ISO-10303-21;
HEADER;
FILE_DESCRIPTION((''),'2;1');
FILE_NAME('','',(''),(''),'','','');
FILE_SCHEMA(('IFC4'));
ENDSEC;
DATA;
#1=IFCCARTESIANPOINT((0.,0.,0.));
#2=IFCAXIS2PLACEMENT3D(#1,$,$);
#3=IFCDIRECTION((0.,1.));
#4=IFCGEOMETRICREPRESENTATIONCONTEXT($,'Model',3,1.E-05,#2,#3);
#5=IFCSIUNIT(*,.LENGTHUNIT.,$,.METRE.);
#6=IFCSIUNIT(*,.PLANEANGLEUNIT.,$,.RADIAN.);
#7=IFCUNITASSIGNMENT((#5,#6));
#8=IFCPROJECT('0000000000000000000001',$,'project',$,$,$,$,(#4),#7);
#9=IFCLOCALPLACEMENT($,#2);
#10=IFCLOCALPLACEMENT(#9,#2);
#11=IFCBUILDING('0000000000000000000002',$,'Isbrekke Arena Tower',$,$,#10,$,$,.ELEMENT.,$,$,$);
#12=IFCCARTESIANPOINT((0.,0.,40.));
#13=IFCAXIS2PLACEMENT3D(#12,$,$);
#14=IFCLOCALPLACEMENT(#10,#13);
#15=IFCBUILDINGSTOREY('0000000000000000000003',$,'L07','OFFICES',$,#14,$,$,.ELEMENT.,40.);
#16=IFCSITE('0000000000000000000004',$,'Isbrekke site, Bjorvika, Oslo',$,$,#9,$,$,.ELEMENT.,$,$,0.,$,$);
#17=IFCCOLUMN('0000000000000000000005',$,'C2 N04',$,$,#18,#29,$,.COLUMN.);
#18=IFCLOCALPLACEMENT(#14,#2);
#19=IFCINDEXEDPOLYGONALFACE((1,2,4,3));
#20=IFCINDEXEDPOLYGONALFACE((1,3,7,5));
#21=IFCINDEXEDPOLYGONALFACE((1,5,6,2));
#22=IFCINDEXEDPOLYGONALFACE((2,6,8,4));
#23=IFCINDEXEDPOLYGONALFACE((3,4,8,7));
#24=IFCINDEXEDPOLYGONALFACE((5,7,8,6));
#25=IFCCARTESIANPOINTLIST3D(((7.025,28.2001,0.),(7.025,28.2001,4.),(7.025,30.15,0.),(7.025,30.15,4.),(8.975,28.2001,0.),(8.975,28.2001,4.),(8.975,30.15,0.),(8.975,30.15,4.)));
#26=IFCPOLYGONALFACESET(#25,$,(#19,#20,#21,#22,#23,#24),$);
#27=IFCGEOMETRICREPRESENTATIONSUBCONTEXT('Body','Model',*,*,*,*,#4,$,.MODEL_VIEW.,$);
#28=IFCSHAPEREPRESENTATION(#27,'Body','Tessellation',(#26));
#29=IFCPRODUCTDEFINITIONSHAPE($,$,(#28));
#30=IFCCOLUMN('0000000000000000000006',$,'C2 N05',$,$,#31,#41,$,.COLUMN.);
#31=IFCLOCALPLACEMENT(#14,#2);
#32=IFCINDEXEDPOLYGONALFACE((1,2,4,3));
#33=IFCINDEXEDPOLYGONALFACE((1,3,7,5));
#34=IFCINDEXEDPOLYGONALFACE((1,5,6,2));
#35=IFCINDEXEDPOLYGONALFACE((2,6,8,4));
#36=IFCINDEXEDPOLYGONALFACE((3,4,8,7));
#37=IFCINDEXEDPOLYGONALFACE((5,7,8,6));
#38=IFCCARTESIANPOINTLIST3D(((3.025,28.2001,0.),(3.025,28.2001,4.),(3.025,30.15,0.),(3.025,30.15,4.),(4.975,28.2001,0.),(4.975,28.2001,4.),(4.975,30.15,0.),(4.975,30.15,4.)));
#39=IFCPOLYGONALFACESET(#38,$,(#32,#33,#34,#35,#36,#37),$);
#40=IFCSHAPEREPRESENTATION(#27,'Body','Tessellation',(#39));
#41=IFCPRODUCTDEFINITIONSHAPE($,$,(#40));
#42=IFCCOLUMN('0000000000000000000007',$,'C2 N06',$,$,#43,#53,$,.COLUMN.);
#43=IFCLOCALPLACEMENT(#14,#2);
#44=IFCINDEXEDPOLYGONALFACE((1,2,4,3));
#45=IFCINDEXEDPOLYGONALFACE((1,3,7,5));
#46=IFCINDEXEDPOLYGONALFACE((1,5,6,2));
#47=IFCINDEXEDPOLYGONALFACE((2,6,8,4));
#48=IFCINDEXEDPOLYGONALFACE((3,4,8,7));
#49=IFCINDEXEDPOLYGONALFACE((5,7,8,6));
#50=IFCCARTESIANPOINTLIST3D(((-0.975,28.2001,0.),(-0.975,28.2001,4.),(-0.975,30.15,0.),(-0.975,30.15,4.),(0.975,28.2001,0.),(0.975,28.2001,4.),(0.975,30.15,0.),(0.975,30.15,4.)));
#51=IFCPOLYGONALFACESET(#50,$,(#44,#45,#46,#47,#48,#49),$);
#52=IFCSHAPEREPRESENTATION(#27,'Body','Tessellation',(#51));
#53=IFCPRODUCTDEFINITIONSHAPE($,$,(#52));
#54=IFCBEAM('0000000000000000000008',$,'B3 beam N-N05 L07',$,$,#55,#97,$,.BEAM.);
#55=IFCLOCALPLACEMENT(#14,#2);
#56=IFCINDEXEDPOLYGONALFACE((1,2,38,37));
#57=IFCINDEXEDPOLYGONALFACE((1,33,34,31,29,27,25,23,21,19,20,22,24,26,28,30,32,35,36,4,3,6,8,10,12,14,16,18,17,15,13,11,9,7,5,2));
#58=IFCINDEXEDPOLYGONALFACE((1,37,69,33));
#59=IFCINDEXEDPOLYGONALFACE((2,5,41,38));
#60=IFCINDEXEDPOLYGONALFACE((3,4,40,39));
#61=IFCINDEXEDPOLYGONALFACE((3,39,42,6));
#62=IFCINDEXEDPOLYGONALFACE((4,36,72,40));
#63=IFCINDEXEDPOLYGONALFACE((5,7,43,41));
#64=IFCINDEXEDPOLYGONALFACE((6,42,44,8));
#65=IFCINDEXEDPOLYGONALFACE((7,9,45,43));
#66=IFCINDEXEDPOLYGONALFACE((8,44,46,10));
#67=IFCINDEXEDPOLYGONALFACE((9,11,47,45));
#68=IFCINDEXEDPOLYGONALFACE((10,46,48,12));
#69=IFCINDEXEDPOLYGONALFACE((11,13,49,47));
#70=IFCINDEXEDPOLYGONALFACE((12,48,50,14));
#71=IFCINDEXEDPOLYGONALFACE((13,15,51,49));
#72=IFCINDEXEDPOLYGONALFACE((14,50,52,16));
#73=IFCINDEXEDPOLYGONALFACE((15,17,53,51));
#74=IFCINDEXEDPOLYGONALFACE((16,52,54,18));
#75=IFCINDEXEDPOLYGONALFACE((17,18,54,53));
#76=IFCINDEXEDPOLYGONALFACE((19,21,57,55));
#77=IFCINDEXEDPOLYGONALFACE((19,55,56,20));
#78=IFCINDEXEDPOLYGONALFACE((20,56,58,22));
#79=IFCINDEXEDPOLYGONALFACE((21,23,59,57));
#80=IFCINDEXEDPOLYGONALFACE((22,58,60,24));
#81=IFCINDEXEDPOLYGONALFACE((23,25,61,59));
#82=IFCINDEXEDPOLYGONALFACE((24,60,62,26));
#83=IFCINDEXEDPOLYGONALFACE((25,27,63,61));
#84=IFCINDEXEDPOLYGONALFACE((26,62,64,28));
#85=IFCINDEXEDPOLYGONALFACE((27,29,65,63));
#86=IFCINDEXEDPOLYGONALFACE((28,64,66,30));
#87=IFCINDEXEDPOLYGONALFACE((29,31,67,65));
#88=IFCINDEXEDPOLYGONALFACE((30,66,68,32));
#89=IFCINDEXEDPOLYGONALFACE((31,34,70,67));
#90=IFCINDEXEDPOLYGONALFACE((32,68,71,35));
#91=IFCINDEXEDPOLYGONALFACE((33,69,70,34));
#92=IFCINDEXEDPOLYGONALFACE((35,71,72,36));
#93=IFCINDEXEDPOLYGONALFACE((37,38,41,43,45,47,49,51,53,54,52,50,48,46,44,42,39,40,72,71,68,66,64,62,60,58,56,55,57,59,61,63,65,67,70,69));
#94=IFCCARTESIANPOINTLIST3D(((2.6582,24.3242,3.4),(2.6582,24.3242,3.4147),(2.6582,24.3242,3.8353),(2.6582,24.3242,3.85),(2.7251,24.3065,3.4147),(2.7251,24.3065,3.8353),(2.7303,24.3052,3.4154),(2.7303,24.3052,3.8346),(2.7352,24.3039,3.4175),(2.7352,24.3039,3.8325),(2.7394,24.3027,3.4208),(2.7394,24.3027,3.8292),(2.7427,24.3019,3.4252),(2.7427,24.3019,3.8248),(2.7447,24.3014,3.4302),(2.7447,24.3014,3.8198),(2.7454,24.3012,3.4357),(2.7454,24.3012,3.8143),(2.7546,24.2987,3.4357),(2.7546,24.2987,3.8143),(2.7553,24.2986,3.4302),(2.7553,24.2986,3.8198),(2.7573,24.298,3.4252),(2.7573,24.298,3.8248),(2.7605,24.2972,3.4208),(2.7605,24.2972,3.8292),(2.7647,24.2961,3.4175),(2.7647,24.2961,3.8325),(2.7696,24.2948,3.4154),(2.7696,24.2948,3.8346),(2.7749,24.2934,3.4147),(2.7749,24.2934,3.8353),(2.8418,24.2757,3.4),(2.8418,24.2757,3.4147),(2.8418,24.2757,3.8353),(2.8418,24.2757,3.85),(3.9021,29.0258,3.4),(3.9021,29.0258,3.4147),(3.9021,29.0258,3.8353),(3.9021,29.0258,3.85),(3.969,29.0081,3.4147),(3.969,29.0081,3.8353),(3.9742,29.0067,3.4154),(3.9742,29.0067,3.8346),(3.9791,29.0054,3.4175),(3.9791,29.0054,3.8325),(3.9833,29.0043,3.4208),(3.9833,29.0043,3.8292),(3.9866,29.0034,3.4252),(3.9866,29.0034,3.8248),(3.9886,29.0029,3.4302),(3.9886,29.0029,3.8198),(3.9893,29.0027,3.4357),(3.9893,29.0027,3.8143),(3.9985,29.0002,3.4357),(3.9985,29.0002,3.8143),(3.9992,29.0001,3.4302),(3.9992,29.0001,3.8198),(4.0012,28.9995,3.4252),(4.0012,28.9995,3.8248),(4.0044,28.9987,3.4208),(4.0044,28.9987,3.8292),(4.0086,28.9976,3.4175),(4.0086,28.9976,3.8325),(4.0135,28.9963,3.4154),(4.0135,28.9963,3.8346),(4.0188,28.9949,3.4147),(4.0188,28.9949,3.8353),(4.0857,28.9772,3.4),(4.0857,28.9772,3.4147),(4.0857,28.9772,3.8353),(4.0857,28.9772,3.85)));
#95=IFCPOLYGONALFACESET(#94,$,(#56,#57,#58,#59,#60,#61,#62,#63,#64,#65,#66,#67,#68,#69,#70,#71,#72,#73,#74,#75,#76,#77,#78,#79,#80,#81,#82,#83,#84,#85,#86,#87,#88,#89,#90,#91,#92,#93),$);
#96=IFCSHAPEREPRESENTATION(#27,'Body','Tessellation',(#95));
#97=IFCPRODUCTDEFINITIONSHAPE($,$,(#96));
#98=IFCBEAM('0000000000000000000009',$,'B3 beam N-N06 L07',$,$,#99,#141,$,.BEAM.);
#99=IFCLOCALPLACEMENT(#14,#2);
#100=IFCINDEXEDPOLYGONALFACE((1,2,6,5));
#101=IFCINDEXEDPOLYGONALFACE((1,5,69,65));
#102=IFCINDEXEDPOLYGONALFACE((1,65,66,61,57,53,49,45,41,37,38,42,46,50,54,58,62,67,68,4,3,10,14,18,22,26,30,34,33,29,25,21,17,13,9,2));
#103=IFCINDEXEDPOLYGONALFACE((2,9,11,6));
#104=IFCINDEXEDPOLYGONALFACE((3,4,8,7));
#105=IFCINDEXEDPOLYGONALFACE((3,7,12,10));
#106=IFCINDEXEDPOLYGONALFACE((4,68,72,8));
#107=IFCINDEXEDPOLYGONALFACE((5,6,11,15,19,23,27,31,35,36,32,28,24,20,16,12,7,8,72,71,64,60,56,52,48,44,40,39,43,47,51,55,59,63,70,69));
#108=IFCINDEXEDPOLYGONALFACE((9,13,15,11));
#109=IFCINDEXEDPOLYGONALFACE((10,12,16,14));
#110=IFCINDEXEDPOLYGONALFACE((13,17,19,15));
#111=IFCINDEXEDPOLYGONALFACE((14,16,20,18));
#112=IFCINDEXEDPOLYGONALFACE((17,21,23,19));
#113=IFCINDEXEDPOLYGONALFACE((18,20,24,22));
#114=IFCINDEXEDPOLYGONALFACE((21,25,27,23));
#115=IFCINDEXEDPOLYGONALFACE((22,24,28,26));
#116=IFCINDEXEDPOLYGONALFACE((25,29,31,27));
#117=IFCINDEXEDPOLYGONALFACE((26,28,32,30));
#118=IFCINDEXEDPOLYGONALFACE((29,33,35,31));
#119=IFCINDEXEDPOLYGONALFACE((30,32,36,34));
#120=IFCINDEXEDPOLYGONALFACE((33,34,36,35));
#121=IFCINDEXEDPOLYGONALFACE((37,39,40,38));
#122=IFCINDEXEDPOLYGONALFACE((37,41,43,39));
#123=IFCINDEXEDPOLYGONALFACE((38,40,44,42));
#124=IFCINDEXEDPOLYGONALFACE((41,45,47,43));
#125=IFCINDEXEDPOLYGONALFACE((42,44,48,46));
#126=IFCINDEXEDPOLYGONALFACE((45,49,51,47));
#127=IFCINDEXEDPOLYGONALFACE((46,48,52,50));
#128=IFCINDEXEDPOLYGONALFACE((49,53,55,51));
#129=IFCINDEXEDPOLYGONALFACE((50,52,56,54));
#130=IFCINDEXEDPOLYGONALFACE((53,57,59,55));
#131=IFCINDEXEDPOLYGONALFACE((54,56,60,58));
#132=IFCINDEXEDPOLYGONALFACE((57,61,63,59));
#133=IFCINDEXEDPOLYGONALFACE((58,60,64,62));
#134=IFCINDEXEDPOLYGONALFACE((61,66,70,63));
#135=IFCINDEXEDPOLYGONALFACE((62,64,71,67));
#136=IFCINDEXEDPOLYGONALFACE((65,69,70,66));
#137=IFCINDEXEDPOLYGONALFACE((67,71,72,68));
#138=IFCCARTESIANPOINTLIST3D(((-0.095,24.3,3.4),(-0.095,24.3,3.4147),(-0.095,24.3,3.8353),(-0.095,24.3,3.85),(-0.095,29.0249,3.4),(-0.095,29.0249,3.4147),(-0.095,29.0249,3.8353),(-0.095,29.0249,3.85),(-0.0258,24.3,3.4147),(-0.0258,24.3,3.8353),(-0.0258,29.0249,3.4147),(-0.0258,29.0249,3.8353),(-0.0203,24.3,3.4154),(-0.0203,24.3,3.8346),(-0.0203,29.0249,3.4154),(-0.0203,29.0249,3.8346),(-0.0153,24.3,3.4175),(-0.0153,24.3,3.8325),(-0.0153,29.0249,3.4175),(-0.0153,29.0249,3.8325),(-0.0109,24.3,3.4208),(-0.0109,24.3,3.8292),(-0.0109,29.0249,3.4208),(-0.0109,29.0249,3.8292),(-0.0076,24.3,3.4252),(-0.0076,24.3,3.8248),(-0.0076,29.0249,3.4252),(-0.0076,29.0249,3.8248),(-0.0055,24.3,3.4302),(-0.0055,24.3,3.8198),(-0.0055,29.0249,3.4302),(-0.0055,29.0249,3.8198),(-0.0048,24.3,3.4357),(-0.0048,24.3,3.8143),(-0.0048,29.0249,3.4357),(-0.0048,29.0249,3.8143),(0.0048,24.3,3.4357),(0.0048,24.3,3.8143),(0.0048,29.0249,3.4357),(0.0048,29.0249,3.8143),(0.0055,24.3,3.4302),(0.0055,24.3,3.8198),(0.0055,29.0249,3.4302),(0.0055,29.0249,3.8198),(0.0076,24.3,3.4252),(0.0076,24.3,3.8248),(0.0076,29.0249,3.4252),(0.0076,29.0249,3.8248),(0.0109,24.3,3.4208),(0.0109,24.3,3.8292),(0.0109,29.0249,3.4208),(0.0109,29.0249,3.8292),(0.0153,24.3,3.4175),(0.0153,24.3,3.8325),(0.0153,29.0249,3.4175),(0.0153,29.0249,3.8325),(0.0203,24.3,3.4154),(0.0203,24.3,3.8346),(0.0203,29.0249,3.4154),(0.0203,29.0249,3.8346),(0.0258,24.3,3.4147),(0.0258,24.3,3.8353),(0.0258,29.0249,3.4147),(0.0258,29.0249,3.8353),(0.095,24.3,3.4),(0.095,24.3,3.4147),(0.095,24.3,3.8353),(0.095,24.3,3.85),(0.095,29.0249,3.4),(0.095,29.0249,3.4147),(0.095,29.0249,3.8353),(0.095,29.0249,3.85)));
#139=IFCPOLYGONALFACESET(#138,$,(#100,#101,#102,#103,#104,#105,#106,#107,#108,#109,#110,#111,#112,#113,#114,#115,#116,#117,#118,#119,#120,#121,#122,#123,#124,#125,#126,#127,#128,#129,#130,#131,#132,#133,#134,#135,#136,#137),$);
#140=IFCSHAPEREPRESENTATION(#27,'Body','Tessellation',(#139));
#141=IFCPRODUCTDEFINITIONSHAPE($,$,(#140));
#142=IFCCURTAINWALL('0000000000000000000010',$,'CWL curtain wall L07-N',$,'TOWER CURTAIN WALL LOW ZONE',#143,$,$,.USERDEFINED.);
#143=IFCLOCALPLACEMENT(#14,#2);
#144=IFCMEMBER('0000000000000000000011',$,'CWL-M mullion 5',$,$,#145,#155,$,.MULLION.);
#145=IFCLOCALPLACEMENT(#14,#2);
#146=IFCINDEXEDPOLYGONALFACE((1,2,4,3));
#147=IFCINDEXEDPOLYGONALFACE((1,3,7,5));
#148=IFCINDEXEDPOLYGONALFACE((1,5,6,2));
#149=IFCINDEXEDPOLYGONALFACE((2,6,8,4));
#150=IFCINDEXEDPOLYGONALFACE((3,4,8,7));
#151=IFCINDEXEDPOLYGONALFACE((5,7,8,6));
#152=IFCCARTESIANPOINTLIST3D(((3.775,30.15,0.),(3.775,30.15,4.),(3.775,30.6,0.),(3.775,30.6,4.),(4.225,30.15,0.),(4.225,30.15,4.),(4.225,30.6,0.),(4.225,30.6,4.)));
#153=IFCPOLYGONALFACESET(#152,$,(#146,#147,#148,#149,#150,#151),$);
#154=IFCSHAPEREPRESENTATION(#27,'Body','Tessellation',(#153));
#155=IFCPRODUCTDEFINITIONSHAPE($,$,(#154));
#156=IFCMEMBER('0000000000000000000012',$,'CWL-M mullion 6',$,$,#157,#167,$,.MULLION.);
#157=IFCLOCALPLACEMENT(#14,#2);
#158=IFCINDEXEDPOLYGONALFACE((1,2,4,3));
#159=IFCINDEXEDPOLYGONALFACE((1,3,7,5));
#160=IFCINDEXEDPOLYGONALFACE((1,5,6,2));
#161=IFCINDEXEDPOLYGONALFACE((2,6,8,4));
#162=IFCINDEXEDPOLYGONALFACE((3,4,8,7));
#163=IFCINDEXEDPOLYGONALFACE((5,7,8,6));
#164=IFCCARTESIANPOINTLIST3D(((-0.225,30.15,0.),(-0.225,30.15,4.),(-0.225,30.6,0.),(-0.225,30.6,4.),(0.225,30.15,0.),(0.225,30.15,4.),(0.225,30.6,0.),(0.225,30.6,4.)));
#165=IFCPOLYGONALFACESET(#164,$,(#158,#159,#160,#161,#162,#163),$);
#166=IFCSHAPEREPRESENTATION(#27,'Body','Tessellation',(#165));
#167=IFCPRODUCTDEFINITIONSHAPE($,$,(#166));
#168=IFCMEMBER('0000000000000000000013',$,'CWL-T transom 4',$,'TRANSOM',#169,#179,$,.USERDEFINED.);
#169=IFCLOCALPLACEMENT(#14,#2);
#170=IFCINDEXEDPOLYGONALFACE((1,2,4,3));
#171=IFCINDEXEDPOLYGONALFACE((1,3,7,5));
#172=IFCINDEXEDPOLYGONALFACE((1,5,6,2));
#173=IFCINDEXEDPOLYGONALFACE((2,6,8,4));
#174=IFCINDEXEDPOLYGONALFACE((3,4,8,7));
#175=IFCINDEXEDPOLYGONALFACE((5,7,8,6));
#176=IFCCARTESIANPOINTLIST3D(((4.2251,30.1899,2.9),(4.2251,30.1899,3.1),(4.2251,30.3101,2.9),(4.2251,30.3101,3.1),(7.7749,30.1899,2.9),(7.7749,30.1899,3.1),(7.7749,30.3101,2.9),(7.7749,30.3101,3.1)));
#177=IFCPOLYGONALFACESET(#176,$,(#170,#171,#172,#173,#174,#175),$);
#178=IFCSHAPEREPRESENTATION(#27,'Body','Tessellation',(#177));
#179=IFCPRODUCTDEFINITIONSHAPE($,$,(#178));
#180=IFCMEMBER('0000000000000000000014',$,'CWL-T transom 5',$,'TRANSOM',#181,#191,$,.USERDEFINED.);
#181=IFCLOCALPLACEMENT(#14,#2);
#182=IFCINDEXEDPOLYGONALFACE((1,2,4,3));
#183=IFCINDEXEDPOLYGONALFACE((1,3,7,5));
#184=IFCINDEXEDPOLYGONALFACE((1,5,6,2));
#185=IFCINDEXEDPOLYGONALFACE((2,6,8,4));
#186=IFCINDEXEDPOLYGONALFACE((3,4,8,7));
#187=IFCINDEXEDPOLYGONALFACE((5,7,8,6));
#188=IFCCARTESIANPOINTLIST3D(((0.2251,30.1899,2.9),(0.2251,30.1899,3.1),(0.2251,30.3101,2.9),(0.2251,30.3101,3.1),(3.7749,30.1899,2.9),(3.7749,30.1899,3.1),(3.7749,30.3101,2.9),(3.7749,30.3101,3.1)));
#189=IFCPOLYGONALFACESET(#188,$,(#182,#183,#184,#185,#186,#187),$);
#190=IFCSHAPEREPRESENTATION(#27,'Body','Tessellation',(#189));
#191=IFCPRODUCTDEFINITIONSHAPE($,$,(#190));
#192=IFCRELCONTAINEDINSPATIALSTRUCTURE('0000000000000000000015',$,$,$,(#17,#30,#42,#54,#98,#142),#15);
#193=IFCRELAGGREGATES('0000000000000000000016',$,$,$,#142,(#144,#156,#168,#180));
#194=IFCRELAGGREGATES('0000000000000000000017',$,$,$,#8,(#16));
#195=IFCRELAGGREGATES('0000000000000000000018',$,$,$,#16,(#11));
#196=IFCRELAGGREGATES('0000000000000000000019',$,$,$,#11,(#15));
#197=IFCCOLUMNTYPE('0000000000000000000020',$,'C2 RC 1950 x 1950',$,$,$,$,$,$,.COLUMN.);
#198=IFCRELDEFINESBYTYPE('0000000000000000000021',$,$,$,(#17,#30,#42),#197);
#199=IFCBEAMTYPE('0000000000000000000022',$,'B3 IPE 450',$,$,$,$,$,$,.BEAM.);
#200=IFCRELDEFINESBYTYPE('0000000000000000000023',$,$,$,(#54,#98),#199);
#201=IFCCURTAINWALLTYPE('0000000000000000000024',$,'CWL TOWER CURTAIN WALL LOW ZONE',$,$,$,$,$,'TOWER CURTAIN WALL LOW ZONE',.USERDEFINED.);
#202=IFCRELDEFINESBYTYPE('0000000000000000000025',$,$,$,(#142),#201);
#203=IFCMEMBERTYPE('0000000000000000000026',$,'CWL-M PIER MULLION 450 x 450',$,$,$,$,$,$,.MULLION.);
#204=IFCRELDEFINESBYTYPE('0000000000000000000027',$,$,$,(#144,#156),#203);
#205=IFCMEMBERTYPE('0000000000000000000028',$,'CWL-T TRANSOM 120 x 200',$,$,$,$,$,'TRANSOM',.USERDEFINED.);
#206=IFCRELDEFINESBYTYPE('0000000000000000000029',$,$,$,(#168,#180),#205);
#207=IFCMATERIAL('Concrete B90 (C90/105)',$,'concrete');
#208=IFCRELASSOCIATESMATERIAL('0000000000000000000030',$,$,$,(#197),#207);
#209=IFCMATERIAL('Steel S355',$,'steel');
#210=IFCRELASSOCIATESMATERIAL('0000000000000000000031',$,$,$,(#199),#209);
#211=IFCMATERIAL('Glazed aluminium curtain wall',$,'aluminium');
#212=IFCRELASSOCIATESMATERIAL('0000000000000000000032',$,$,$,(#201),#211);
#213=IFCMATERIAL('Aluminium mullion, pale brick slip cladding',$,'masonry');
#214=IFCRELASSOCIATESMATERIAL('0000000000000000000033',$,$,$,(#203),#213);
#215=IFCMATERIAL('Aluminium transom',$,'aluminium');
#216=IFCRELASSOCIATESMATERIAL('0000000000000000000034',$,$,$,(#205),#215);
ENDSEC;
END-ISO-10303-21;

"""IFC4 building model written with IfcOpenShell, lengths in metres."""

from ifc_helpers import new_model, si_unit, direction, frame, origin, origin_2d, place, context, subcontext, project, spatial, rectangle, i_section, extrude, material, material_profile, profile_set, type_object, element, aggregate, save


model = new_model("IFC4")

# Units and contexts
model_context = context("Model", 3, precision=1e-05, world=origin(), true_north=direction((0.0, 1.0)))
body_context = subcontext(model_context, "Body", "Model", "MODEL_VIEW")
ifc_project = project(units=[si_unit("LENGTHUNIT", "METRE"), si_unit("PLANEANGLEUNIT", "RADIAN")], contexts=[model_context])

# Site, building, storey
site_placement = place(None, origin())
site = spatial("IfcSite", under=ifc_project, at=site_placement, Name="Isbrekke site, Bjorvika, Oslo", CompositionType="ELEMENT", RefElevation=0.0)
building_placement = place(site_placement, origin())
building = spatial("IfcBuilding", under=site, at=building_placement, Name="Isbrekke Arena Tower", CompositionType="ELEMENT")
storey_placement = place(building_placement, frame((0.0, 0.0, 40.0)))
storey = spatial("IfcBuildingStorey", under=building, at=storey_placement, Name="L07", Description="OFFICES", CompositionType="ELEMENT", Elevation=40.0)

# Columns
ifc_material_1 = material(Name="Concrete B90 (C90/105)", Category="concrete")
ifc_material_profile_1 = material_profile(ifc_material_1, rectangle(XDim=1.95, YDim=1.95, at=origin_2d()), Name="RC 1950x1950")
ifc_profile_set_1 = profile_set([ifc_material_profile_1], Name="Concrete B90 (C90/105)")
column_type = type_object("IfcColumnType", Name="C2 RC 1950 x 1950", PredefinedType="COLUMN", material=ifc_profile_set_1)
for number, where, z_axis, x_axis, name in (
    (1, (8.0, 29.175, 0.0), (0.0, 0.0, 1.0), (-1.0, 0.0, 0.0), "C2 N04"),
    (2, (4.0, 29.175, 0.0), (0.0, 0.0, 1.0), (-1.0, 0.0, 0.0), "C2 N05"),
    (3, (0.0, 29.175, 0.0), (0.0, 0.0, 1.0), (-1.0, 0.0, 0.0), "C2 N06"),
):
    element("IfcColumn", number, at=place(storey_placement, frame(where, z_axis=z_axis, x_axis=x_axis)), inside=storey, type_object=column_type, Name=name, PredefinedType="COLUMN", context=body_context, shape_type="SweptSolid", body=[
        extrude(rectangle(XDim=1.95, YDim=1.95, at=origin_2d()), origin(), (0.0, 0.0, 1.0), 4.0),
    ])

# Beams
ifc_material_2 = material(Name="Steel S355", Category="steel")
ifc_material_profile_2 = material_profile(ifc_material_2, i_section(OverallWidth=0.1899, OverallDepth=0.45, WebThickness=0.0095, FlangeThickness=0.0146, FilletRadius=0.021, at=origin_2d()), Name="IPE 450")
ifc_profile_set_2 = profile_set([ifc_material_profile_2], Name="Steel S355")
beam_type_1 = type_object("IfcBeamType", Name="B3 IPE 450", PredefinedType="BEAM", material=ifc_profile_set_2)
beam_1_placement = place(storey_placement, frame((3.9939, 29.0015, 3.625), z_axis=(-0.255778, -0.966736, 0.0), x_axis=(0.966736, -0.255778, 0.0)))
element("IfcBeam", 4, at=beam_1_placement, inside=storey, type_object=beam_type_1, Name="B3 beam N-N05 L07", PredefinedType="BEAM", context=body_context, shape_type="SweptSolid", body=[
    extrude(i_section(OverallWidth=0.1899, OverallDepth=0.45, WebThickness=0.0095, FlangeThickness=0.0146, FilletRadius=0.021, at=origin_2d()), origin(), (0.0, 0.0, 1.0), 4.8633),
])
beam_2_placement = place(storey_placement, frame((0.0, 29.0249, 3.625), z_axis=(0.0, -1.0, 0.0), x_axis=(1.0, 0.0, 0.0)))
element("IfcBeam", 5, at=beam_2_placement, inside=storey, type_object=beam_type_1, Name="B3 beam N-N06 L07", PredefinedType="BEAM", context=body_context, shape_type="SweptSolid", body=[
    extrude(i_section(OverallWidth=0.1899, OverallDepth=0.45, WebThickness=0.0095, FlangeThickness=0.0146, FilletRadius=0.021, at=origin_2d()), origin(), (0.0, 0.0, 1.0), 4.7249),
])

# Curtain wall, members
ifc_material_3 = material(Name="Glazed aluminium curtain wall", Category="aluminium")
curtain_wall_type = type_object("IfcCurtainWallType", Name="CWL TOWER CURTAIN WALL LOW ZONE", ElementType="TOWER CURTAIN WALL LOW ZONE", PredefinedType="USERDEFINED", material=ifc_material_3)
curtain_wall_placement = place(storey_placement, origin())
curtain_wall = element("IfcCurtainWall", 6, at=curtain_wall_placement, inside=storey, type_object=curtain_wall_type, Name="CWL curtain wall L07-N", ObjectType="TOWER CURTAIN WALL LOW ZONE", PredefinedType="USERDEFINED")
ifc_material_4 = material(Name="Aluminium mullion, pale brick slip cladding", Category="masonry")
ifc_material_profile_3 = material_profile(ifc_material_4, rectangle(XDim=0.45, YDim=0.45, at=origin_2d()), Name="PIER 450X450")
ifc_profile_set_3 = profile_set([ifc_material_profile_3], Name="Aluminium mullion, pale brick slip cladding")
member_type_1 = type_object("IfcMemberType", Name="CWL-M PIER MULLION 450 x 450", PredefinedType="MULLION", material=ifc_profile_set_3)
member_1_placement = place(storey_placement, frame((4.0, 30.375, 0.0), z_axis=(0.0, 0.0, 1.0), x_axis=(-1.0, 0.0, 0.0)))
member_1 = element("IfcMember", 7, at=member_1_placement, type_object=member_type_1, Name="CWL-M mullion 5", PredefinedType="MULLION", context=body_context, shape_type="SweptSolid", body=[
    extrude(rectangle(XDim=0.45, YDim=0.45, at=origin_2d()), origin(), (0.0, 0.0, 1.0), 4.0),
])
member_2_placement = place(storey_placement, frame((0.0, 30.375, 0.0), z_axis=(0.0, 0.0, 1.0), x_axis=(-1.0, 0.0, 0.0)))
member_2 = element("IfcMember", 8, at=member_2_placement, type_object=member_type_1, Name="CWL-M mullion 6", PredefinedType="MULLION", context=body_context, shape_type="SweptSolid", body=[
    extrude(rectangle(XDim=0.45, YDim=0.45, at=origin_2d()), origin(), (0.0, 0.0, 1.0), 4.0),
])
ifc_material_5 = material(Name="Aluminium transom", Category="aluminium")
ifc_material_profile_4 = material_profile(ifc_material_5, rectangle(XDim=0.1201, YDim=0.2, at=origin_2d()), Name="TRANSOM 120X200")
ifc_profile_set_4 = profile_set([ifc_material_profile_4], Name="Aluminium transom")
member_type_2 = type_object("IfcMemberType", Name="CWL-T TRANSOM 120 x 200", ElementType="TRANSOM", PredefinedType="USERDEFINED", material=ifc_profile_set_4)
member_3_placement = place(storey_placement, frame((7.7749, 30.25, 3.0), z_axis=(-1.0, 0.0, 0.0), x_axis=(0.0, -1.0, 0.0)))
member_3 = element("IfcMember", 9, at=member_3_placement, type_object=member_type_2, Name="CWL-T transom 4", ObjectType="TRANSOM", PredefinedType="USERDEFINED", context=body_context, shape_type="SweptSolid", body=[
    extrude(rectangle(XDim=0.1201, YDim=0.2, at=origin_2d()), origin(), (0.0, 0.0, 1.0), 3.5498),
])
member_4_placement = place(storey_placement, frame((3.7749, 30.25, 3.0), z_axis=(-1.0, 0.0, 0.0), x_axis=(0.0, -1.0, 0.0)))
member_4 = element("IfcMember", 10, at=member_4_placement, type_object=member_type_2, Name="CWL-T transom 5", ObjectType="TRANSOM", PredefinedType="USERDEFINED", context=body_context, shape_type="SweptSolid", body=[
    extrude(rectangle(XDim=0.1201, YDim=0.2, at=origin_2d()), origin(), (0.0, 0.0, 1.0), 3.5498),
])

aggregate(curtain_wall, [member_1, member_2, member_3, member_4])

save(model, "model.ifc")
